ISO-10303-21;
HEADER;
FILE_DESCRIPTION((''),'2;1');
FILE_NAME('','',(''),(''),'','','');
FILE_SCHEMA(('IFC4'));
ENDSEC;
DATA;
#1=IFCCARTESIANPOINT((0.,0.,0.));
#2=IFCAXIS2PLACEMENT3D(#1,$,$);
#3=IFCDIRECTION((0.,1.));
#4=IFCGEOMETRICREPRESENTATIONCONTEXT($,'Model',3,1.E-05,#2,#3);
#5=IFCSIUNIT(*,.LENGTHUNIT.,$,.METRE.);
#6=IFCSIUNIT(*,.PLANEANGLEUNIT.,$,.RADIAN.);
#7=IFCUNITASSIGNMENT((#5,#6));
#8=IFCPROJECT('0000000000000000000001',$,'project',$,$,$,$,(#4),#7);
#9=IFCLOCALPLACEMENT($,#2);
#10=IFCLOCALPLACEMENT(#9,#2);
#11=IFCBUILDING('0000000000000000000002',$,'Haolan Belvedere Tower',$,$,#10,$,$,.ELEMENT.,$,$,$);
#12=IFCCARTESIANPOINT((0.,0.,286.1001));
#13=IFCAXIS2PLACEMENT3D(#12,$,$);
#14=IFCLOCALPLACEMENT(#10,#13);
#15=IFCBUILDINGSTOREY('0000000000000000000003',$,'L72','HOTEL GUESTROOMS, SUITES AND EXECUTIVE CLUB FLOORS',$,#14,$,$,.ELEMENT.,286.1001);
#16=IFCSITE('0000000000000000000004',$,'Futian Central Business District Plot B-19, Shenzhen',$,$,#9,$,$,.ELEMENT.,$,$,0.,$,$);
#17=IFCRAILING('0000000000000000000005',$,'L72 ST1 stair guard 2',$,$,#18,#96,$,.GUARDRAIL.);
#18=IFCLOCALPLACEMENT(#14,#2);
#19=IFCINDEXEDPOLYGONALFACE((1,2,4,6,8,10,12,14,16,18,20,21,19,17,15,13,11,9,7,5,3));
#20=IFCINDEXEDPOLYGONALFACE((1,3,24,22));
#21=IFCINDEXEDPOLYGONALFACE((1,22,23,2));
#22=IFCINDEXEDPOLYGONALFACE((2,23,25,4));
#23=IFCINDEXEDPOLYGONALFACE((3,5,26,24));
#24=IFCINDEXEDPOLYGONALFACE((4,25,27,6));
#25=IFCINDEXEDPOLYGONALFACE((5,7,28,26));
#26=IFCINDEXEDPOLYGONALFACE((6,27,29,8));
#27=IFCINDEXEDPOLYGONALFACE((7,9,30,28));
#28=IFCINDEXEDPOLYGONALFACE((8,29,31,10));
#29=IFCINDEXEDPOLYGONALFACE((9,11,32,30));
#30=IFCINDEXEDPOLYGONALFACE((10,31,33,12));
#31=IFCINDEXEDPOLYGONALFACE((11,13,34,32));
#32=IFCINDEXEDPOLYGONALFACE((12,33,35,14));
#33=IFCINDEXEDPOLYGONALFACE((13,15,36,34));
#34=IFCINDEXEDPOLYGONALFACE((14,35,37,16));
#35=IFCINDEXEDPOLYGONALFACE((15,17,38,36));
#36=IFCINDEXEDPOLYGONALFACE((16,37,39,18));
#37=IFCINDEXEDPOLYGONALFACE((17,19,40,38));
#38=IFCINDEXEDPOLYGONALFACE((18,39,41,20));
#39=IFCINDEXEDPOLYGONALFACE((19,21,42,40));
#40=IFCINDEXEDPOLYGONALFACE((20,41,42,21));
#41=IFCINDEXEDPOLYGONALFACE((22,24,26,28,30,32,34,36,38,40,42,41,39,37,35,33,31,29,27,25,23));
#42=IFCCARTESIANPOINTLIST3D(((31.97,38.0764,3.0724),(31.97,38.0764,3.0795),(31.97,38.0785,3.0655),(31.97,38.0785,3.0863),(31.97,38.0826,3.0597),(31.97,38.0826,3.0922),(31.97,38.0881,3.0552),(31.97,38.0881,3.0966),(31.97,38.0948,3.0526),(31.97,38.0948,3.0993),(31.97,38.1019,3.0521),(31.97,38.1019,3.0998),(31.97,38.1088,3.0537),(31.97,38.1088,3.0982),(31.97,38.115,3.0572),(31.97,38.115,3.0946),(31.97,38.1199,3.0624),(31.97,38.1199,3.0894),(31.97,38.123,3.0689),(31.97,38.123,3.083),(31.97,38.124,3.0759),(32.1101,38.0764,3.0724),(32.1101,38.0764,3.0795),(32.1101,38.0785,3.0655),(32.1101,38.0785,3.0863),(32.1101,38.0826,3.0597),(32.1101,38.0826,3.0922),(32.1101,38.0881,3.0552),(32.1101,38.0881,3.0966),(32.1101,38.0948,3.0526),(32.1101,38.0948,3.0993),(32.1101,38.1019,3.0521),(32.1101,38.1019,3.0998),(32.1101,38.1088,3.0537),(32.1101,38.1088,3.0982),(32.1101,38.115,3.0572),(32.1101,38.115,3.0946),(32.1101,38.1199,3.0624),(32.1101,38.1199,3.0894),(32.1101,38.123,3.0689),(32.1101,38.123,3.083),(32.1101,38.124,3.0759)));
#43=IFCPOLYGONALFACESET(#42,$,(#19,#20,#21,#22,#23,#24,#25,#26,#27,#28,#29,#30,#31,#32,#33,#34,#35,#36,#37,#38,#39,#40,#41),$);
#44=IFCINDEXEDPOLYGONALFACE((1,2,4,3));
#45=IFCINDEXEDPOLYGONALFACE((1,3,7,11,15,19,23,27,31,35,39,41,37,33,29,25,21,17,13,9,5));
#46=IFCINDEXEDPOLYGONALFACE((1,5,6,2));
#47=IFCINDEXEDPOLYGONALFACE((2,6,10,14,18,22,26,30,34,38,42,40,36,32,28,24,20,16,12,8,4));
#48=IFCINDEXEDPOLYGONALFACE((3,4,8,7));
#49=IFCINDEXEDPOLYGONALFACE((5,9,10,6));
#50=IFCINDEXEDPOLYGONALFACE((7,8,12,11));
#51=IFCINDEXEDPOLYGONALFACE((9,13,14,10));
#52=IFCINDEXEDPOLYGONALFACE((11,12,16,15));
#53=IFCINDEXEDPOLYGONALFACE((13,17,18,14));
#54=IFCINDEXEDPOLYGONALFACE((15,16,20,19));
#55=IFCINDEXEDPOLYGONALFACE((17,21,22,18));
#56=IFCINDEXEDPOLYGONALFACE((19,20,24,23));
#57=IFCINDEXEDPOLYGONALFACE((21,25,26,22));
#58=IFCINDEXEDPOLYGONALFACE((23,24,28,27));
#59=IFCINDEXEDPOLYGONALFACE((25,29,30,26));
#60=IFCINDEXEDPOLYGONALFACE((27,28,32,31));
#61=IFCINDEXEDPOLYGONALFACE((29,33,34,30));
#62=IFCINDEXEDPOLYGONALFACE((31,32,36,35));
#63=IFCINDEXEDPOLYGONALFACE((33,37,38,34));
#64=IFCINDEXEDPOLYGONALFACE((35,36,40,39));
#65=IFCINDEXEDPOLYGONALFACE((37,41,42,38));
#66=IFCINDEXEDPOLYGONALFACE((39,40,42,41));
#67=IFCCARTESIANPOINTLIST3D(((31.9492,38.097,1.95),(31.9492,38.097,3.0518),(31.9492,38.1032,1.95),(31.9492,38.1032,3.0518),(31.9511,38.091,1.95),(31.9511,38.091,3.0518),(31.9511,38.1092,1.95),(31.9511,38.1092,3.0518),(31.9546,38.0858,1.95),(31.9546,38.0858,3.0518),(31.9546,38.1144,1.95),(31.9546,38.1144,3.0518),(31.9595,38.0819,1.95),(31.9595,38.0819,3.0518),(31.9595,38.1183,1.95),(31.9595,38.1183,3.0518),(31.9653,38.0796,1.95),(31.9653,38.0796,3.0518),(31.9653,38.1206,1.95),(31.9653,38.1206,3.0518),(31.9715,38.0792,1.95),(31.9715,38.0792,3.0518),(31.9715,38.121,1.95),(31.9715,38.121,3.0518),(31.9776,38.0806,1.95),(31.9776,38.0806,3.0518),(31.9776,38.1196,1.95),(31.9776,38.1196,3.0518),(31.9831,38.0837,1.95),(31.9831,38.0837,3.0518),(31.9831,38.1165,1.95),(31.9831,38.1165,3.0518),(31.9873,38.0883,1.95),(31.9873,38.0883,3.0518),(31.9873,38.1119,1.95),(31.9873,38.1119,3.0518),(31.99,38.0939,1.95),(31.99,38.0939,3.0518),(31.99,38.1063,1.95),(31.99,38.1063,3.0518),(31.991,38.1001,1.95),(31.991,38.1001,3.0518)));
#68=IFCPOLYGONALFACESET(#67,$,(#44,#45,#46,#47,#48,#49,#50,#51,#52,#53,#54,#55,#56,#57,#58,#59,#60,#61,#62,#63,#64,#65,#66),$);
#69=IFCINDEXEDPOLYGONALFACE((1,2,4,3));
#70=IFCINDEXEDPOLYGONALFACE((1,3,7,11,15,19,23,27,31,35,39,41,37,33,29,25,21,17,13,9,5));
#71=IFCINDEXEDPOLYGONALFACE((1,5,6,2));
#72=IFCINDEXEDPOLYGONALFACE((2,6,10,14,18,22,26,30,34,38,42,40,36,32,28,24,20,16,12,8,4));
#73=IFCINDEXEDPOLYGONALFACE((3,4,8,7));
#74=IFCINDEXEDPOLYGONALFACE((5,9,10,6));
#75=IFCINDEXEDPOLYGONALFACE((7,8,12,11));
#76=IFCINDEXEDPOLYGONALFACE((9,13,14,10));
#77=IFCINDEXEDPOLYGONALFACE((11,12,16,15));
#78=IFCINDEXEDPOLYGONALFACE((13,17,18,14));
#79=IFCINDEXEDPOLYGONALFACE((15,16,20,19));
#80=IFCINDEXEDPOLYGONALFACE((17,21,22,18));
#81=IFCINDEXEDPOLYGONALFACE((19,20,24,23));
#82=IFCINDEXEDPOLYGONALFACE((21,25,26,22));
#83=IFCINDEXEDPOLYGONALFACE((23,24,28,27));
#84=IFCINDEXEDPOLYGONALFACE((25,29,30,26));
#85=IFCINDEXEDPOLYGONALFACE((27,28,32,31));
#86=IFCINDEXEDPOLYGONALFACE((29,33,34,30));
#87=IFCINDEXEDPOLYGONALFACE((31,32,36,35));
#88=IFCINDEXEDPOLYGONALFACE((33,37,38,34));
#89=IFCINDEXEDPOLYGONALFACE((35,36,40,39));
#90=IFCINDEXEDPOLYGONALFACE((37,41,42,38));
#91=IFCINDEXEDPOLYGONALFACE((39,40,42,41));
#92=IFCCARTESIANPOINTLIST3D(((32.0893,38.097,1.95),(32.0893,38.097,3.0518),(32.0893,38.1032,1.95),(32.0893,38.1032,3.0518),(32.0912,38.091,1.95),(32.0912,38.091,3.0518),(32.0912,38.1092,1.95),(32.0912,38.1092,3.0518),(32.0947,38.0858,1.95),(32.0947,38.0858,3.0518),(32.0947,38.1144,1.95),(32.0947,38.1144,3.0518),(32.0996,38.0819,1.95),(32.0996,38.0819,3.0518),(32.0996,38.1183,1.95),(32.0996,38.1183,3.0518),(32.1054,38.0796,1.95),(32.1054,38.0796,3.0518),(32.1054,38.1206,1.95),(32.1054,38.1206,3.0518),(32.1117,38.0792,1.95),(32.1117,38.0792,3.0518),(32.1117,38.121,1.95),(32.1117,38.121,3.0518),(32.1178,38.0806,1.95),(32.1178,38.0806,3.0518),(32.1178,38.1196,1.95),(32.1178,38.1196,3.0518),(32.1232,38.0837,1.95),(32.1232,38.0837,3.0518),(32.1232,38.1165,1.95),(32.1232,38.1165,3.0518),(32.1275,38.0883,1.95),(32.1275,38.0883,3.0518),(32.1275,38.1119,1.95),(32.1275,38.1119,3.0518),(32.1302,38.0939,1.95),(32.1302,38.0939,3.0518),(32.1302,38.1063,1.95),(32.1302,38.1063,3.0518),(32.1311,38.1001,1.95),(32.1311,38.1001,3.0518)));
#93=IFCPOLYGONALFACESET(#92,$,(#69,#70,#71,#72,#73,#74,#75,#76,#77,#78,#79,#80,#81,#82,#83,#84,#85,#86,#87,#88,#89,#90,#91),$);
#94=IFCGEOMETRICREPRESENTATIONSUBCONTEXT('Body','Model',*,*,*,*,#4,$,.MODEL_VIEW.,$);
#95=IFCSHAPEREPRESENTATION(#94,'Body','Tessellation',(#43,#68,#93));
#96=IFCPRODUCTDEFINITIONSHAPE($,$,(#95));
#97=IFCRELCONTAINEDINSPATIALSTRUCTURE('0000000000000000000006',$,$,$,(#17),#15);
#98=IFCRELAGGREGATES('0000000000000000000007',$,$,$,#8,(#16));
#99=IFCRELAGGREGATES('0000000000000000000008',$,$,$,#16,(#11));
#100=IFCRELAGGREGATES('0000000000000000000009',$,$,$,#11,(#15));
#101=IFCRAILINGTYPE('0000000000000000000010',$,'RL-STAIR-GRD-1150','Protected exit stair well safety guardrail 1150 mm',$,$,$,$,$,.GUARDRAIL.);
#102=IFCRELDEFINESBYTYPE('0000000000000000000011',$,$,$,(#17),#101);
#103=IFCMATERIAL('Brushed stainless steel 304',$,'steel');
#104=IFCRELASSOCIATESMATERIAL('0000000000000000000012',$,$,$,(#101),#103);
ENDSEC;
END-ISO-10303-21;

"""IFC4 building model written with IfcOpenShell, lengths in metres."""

from ifc_helpers import new_model, si_unit, direction, frame, origin, origin_2d, place, context, subcontext, project, spatial, circle, extrude, material, type_object, element, save


model = new_model("IFC4")

# Units and contexts
model_context = context("Model", 3, precision=1e-05, world=origin(), true_north=direction((0.0, 1.0)))
body_context = subcontext(model_context, "Body", "Model", "MODEL_VIEW")
ifc_project = project(units=[si_unit("LENGTHUNIT", "METRE"), si_unit("PLANEANGLEUNIT", "RADIAN")], contexts=[model_context])

# Site, building, storey
site_placement = place(None, origin())
site = spatial("IfcSite", under=ifc_project, at=site_placement, Name="Futian Central Business District Plot B-19, Shenzhen", CompositionType="ELEMENT", RefElevation=0.0)
building_placement = place(site_placement, origin())
building = spatial("IfcBuilding", under=site, at=building_placement, Name="Haolan Belvedere Tower", CompositionType="ELEMENT")
storey_placement = place(building_placement, frame((0.0, 0.0, 286.1001)))
storey = spatial("IfcBuildingStorey", under=building, at=storey_placement, Name="L72", Description="HOTEL GUESTROOMS, SUITES AND EXECUTIVE CLUB FLOORS", CompositionType="ELEMENT", Elevation=286.1001)

# Railing
ifc_material_1 = material(Name="Brushed stainless steel 304", Category="steel")
railing_type_1 = type_object("IfcRailingType", Name="RL-STAIR-GRD-1150", Description="Protected exit stair well safety guardrail 1150 mm", PredefinedType="GUARDRAIL", material=ifc_material_1)
railing_1_placement = place(storey_placement, frame((31.97, 38.1001, 1.95)))
element("IfcRailing", 1, at=railing_1_placement, inside=storey, type_object=railing_type_1, Name="L72 ST1 stair guard 2", PredefinedType="GUARDRAIL", context=body_context, shape_type="SweptSolid", body=[
    extrude(circle(Radius=0.0239, at=origin_2d()), frame((0.0, 0.0, 1.126), z_axis=(1.0, 0.0, 0.0), x_axis=(0.0, 1.0, 0.0)), (0.0, 0.0, 1.0), 0.1401),
    extrude(circle(Radius=0.021, at=origin_2d()), origin(), (0.0, 0.0, 1.0), 1.1018),
    extrude(circle(Radius=0.021, at=origin_2d()), frame((0.1401, 0.0, 0.0)), (0.0, 0.0, 1.0), 1.1018),
])

save(model, "model.ifc")
